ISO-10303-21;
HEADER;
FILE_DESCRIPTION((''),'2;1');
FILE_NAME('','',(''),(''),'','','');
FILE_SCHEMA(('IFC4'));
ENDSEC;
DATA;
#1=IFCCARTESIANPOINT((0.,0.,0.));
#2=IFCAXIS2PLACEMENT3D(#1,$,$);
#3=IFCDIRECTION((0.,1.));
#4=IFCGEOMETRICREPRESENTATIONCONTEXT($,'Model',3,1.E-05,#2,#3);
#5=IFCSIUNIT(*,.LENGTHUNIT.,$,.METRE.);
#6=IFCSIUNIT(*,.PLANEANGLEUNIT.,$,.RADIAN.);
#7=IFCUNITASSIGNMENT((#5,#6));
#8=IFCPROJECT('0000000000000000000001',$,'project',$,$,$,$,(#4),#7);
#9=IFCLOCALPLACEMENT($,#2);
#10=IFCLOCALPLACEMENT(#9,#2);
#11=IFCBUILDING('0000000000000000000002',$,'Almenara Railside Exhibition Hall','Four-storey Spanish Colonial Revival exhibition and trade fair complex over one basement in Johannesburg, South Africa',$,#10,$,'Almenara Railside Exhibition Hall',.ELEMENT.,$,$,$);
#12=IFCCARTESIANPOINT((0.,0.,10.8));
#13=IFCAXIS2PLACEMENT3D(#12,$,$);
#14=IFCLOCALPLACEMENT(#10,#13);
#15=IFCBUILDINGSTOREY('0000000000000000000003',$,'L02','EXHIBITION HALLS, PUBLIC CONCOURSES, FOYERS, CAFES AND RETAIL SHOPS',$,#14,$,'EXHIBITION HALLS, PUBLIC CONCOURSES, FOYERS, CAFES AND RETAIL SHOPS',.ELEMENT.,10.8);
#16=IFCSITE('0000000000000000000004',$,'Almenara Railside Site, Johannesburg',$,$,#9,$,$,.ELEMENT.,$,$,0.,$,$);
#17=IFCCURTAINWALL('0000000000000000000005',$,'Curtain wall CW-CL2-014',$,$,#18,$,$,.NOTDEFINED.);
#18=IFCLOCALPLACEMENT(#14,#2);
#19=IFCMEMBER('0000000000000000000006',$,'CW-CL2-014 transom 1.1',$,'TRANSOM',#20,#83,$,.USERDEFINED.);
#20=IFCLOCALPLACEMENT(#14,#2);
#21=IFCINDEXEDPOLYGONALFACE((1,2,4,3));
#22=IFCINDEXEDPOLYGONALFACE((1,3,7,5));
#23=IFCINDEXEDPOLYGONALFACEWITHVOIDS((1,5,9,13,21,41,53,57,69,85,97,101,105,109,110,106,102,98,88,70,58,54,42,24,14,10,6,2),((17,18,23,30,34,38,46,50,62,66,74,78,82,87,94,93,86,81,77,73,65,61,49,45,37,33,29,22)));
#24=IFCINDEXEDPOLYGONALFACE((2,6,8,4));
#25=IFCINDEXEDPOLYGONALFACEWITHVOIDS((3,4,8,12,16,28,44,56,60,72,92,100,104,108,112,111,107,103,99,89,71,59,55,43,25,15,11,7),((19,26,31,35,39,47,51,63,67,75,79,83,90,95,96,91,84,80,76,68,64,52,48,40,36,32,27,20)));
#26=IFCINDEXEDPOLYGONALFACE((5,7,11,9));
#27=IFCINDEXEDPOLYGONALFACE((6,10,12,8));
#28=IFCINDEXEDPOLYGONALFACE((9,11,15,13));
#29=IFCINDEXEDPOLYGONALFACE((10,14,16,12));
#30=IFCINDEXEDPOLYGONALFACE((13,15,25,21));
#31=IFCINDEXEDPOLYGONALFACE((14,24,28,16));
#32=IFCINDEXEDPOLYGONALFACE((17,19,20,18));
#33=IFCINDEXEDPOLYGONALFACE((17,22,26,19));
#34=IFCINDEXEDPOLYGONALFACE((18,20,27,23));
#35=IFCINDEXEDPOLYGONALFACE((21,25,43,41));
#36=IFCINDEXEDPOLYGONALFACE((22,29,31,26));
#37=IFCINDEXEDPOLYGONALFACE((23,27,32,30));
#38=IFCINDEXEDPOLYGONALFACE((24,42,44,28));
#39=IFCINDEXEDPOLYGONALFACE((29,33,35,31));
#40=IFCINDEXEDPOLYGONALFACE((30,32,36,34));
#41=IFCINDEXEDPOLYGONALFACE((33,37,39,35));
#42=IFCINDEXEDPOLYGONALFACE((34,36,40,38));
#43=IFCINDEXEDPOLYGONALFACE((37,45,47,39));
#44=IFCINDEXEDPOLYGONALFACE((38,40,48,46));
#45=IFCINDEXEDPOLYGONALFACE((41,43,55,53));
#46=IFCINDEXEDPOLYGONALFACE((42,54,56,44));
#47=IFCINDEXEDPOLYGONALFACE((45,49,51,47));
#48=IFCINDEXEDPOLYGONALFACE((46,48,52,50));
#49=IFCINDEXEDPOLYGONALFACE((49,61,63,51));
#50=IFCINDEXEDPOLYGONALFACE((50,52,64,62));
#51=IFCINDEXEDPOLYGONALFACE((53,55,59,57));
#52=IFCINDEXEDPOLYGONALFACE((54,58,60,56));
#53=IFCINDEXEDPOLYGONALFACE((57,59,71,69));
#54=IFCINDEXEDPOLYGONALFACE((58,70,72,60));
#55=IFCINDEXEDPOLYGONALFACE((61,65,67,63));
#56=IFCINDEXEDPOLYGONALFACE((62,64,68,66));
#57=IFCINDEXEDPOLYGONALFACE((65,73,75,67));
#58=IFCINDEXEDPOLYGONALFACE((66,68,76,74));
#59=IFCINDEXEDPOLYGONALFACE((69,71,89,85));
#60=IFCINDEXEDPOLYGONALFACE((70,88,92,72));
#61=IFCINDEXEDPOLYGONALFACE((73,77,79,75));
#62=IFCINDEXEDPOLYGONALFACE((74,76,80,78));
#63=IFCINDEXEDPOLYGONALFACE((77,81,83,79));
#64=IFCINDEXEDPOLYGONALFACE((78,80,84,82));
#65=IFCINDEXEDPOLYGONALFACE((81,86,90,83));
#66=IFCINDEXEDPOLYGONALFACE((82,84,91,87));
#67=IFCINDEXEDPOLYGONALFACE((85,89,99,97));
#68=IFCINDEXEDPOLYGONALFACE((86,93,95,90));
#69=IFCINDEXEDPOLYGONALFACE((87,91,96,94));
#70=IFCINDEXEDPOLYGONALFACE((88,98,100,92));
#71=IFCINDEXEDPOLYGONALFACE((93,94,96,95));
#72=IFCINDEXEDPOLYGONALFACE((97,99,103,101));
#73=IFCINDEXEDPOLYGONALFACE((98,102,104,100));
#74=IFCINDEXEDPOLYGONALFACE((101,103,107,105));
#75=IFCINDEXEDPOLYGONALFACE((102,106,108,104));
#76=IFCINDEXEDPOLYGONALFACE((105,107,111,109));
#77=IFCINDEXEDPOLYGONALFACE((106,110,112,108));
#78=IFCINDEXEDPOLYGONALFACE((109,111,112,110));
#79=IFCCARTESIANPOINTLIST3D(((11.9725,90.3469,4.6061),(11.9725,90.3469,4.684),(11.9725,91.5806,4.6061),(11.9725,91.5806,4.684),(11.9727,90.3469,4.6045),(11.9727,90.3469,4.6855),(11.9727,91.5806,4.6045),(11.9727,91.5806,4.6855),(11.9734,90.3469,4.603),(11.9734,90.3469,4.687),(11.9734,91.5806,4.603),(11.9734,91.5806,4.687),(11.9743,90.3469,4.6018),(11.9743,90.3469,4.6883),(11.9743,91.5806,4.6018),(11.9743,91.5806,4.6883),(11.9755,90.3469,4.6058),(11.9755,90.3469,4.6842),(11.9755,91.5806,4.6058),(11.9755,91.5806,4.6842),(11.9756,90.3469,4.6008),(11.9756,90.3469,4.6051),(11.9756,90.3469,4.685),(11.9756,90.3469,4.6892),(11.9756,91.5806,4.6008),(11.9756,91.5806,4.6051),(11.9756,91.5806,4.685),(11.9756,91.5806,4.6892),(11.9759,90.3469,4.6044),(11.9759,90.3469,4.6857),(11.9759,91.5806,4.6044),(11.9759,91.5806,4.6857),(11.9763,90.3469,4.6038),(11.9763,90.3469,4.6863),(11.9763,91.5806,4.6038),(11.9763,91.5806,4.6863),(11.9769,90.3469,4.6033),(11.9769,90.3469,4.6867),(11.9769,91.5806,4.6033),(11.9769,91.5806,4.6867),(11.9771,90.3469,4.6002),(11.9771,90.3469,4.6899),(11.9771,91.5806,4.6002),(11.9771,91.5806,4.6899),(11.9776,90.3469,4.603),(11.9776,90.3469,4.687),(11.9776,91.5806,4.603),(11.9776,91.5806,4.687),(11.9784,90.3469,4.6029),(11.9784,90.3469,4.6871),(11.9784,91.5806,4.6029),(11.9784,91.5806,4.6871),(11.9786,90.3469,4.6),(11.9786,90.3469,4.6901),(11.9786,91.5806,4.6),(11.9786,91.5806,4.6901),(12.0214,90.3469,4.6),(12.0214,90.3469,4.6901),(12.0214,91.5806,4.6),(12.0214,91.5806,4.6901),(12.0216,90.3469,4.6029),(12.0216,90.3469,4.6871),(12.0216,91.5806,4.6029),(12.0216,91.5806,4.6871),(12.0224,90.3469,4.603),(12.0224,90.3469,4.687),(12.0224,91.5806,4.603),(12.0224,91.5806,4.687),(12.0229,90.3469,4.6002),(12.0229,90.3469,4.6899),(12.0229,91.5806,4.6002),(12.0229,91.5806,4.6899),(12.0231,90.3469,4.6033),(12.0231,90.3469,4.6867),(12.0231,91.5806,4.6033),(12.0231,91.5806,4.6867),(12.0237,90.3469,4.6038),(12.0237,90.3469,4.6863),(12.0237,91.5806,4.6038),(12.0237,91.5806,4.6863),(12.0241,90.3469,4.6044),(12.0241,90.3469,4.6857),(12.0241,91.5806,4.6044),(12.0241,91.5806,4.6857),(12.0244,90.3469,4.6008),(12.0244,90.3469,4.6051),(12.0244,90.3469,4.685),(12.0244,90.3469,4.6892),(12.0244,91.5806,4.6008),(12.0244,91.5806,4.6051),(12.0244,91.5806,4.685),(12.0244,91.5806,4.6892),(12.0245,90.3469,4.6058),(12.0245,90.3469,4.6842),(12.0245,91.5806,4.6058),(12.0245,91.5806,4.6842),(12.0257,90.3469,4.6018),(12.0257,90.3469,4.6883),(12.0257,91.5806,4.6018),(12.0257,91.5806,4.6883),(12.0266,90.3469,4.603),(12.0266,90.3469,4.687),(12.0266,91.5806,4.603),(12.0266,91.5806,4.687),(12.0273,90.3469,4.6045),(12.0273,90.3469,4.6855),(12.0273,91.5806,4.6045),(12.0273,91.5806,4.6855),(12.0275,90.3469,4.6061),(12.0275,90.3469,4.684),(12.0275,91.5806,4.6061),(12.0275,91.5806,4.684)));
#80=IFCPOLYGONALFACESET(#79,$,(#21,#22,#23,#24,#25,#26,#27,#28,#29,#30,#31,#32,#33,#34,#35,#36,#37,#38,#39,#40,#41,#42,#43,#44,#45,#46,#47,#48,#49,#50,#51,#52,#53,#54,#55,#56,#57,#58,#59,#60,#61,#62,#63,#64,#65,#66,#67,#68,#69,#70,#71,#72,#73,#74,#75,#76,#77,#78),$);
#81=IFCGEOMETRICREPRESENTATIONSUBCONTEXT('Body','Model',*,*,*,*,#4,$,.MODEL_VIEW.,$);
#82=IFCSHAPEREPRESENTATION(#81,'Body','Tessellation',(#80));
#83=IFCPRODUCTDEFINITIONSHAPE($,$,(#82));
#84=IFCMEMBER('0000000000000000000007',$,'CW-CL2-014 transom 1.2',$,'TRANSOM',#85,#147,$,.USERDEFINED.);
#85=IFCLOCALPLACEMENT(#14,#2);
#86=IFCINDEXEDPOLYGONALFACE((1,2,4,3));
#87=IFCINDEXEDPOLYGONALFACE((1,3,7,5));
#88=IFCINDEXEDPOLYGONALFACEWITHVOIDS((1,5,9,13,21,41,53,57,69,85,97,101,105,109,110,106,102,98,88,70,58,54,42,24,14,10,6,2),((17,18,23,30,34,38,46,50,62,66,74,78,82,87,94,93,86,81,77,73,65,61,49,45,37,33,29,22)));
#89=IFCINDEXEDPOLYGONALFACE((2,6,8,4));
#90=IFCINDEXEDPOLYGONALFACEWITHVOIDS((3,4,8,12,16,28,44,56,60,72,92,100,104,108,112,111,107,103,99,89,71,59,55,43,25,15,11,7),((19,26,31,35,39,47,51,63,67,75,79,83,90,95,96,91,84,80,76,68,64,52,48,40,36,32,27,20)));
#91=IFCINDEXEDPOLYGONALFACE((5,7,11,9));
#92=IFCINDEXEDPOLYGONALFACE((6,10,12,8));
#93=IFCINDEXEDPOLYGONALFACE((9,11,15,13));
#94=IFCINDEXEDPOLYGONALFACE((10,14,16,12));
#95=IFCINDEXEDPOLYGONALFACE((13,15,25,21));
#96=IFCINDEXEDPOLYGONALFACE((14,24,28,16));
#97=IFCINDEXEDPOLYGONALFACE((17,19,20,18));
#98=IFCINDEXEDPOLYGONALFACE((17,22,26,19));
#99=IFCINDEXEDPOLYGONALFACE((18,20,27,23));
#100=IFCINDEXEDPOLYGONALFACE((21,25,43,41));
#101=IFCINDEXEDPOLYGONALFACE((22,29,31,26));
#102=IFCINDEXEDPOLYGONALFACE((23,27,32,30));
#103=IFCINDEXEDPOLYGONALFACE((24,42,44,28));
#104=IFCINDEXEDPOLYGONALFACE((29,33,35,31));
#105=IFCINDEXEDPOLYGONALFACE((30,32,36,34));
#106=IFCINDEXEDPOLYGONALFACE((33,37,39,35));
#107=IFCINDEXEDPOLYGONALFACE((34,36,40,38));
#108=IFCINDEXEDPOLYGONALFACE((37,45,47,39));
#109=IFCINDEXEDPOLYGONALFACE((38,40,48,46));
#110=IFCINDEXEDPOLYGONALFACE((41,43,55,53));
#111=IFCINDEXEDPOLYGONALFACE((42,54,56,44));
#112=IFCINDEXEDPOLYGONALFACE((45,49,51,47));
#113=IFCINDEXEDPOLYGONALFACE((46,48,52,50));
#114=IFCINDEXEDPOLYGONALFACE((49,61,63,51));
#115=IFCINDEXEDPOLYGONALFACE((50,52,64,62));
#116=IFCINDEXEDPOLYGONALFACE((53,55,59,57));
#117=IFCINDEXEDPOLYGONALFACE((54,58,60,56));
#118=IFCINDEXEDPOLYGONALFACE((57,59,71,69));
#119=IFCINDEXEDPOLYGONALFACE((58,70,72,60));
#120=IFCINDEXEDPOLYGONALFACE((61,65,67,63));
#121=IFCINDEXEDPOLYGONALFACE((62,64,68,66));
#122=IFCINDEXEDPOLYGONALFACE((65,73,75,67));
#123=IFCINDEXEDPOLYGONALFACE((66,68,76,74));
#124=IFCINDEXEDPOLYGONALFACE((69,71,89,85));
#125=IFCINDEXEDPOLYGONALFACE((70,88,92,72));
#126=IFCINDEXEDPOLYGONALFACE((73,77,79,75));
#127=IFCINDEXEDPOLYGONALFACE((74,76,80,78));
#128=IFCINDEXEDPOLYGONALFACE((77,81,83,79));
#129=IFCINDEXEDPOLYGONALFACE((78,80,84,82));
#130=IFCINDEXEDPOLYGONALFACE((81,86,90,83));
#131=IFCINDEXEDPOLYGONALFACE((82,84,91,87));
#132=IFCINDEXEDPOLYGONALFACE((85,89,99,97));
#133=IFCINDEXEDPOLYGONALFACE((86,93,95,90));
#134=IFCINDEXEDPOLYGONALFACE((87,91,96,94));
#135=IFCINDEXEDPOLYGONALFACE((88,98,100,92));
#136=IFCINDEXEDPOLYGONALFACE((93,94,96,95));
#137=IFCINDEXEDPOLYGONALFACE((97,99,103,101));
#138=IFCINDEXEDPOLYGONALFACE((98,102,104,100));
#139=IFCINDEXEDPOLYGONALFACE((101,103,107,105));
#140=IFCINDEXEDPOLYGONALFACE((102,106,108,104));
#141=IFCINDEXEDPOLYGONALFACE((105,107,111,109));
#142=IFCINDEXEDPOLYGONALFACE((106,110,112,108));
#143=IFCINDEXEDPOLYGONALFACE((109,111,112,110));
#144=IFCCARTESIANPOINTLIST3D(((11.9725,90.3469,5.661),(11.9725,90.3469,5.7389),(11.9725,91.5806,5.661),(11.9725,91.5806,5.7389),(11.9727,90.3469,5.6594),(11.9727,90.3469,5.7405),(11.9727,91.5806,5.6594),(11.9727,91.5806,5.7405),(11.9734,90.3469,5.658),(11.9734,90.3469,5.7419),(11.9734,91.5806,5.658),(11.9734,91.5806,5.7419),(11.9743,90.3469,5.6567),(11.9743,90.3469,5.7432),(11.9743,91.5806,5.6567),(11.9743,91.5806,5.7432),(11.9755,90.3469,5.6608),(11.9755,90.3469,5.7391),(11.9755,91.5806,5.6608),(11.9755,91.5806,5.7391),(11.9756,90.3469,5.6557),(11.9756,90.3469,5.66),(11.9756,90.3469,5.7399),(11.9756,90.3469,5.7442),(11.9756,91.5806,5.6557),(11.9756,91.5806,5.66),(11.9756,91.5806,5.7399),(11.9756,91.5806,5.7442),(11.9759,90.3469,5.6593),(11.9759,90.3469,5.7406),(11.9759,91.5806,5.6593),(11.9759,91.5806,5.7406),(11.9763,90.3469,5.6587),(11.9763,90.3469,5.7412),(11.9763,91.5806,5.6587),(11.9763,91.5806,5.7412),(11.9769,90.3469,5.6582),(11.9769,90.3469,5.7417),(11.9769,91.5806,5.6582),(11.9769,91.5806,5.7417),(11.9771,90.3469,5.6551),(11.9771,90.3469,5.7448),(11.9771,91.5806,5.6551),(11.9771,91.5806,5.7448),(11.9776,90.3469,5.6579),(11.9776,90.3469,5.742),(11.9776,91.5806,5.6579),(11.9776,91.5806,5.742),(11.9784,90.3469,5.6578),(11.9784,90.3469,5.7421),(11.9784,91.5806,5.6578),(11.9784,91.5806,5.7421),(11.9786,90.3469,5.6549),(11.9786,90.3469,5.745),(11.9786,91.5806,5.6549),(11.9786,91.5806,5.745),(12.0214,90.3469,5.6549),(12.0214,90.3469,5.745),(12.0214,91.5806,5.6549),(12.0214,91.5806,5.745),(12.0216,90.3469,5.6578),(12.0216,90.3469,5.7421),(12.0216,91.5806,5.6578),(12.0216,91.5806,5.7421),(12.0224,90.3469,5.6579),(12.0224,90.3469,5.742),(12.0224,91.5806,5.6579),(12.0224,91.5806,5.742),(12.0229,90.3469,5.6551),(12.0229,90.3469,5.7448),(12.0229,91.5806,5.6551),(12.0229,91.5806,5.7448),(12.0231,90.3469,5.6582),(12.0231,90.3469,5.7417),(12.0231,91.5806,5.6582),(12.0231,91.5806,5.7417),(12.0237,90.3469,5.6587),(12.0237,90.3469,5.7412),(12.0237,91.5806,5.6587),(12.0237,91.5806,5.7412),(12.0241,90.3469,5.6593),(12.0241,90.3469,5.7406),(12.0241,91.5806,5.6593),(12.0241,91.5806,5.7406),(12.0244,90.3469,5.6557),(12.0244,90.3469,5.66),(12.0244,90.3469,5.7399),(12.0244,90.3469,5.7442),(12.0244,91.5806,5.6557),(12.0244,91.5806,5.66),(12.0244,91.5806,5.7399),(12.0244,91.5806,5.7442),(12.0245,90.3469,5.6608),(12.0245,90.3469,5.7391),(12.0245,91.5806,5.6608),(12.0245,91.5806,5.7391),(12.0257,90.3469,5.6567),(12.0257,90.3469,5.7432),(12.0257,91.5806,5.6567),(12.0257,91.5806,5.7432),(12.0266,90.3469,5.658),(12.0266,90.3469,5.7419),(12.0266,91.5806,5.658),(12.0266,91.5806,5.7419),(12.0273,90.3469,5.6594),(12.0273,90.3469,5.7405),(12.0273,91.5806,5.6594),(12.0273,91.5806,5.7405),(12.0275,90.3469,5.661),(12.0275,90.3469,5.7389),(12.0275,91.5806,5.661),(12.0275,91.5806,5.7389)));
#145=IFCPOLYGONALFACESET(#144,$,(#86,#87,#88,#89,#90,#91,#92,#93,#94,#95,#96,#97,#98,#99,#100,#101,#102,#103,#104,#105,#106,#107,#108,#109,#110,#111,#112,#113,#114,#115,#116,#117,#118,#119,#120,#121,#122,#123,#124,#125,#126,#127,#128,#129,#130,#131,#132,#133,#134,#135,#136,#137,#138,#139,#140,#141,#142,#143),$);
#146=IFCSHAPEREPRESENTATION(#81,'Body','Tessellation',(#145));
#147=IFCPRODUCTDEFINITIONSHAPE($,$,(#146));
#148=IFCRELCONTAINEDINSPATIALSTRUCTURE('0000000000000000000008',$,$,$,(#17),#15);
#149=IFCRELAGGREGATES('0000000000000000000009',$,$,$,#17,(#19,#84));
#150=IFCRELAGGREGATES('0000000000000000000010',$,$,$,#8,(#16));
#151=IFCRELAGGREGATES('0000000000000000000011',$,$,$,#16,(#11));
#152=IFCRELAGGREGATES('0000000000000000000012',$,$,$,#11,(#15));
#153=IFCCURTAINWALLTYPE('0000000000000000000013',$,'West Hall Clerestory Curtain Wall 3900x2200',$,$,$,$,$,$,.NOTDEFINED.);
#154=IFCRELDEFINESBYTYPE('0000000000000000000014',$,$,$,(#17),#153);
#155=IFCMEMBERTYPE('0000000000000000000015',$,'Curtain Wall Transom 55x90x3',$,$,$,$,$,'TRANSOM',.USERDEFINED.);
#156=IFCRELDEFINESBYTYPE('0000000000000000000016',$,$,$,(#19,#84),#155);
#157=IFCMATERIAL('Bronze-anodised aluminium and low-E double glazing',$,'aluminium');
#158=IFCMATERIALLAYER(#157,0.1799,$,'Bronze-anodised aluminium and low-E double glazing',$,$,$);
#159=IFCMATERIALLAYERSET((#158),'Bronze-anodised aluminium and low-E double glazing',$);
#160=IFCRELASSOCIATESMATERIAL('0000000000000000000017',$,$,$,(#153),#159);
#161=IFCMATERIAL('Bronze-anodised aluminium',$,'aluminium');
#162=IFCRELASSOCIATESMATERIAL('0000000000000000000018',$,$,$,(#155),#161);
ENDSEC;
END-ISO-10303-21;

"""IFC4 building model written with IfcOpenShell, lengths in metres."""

from ifc_helpers import new_model, si_unit, direction, frame, origin, origin_2d, place, context, subcontext, project, spatial, hollow_rectangle, extrude, material, layer, layer_set, material_profile, profile_set, type_object, element, aggregate, save


model = new_model("IFC4")

# Units and contexts
model_context = context("Model", 3, precision=1e-05, world=origin(), true_north=direction((0.0, 1.0)))
body_context = subcontext(model_context, "Body", "Model", "MODEL_VIEW")
ifc_project = project(units=[si_unit("LENGTHUNIT", "METRE"), si_unit("PLANEANGLEUNIT", "RADIAN")], contexts=[model_context])

# Site, building, storey
site_placement = place(None, origin())
site = spatial("IfcSite", under=ifc_project, at=site_placement, Name="Almenara Railside Site, Johannesburg", CompositionType="ELEMENT", RefElevation=0.0)
building_placement = place(site_placement, origin())
building = spatial("IfcBuilding", under=site, at=building_placement, Name="Almenara Railside Exhibition Hall", Description="Four-storey Spanish Colonial Revival exhibition and trade fair complex over one basement in Johannesburg, South Africa", LongName="Almenara Railside Exhibition Hall", CompositionType="ELEMENT")
storey_placement = place(building_placement, frame((0.0, 0.0, 10.8)))
storey = spatial("IfcBuildingStorey", under=building, at=storey_placement, Name="L02", Description="EXHIBITION HALLS, PUBLIC CONCOURSES, FOYERS, CAFES AND RETAIL SHOPS", LongName="EXHIBITION HALLS, PUBLIC CONCOURSES, FOYERS, CAFES AND RETAIL SHOPS", CompositionType="ELEMENT", Elevation=10.8)

# Curtain wall
ifc_material_1 = material(Name="Bronze-anodised aluminium and low-E double glazing", Category="aluminium")
ifc_layer_1 = layer(ifc_material_1, 0.1799, Name="Bronze-anodised aluminium and low-E double glazing")
ifc_layer_set_1 = layer_set([ifc_layer_1], Name="Bronze-anodised aluminium and low-E double glazing")
curtain_wall_type_1 = type_object("IfcCurtainWallType", Name="West Hall Clerestory Curtain Wall 3900x2200", PredefinedType="NOTDEFINED", material=ifc_layer_set_1)
curtain_wall_1_placement = place(storey_placement, origin())
curtain_wall_1 = element("IfcCurtainWall", 1, at=curtain_wall_1_placement, inside=storey, type_object=curtain_wall_type_1, Name="Curtain wall CW-CL2-014", PredefinedType="NOTDEFINED")
ifc_material_2 = material(Name="Bronze-anodised aluminium", Category="aluminium")

# Members
ifc_material_profile_1 = material_profile(ifc_material_2, hollow_rectangle(XDim=0.0549, YDim=0.0901, WallThickness=0.0029, InnerFilletRadius=0.0029, OuterFilletRadius=0.0061, at=origin_2d()), Name="ALU-TRN 55x90x3")
ifc_profile_set_1 = profile_set([ifc_material_profile_1], Name="Bronze-anodised aluminium")
member_type_1 = type_object("IfcMemberType", Name="Curtain Wall Transom 55x90x3", ElementType="TRANSOM", PredefinedType="USERDEFINED", material=ifc_profile_set_1)
member_1_placement = place(storey_placement, frame((12.0, 90.3469, 4.645), z_axis=(0.0, 1.0, 0.0), x_axis=(-1.0, 0.0, 0.0)))
member_1 = element("IfcMember", 2, at=member_1_placement, type_object=member_type_1, Name="CW-CL2-014 transom 1.1", ObjectType="TRANSOM", PredefinedType="USERDEFINED", context=body_context, shape_type="SweptSolid", body=[
    extrude(hollow_rectangle(XDim=0.0549, YDim=0.0901, WallThickness=0.0029, InnerFilletRadius=0.0029, OuterFilletRadius=0.0061, at=origin_2d()), origin(), (0.0, 0.0, 1.0), 1.2336),
])
member_2_placement = place(storey_placement, frame((12.0, 90.3469, 5.7), z_axis=(0.0, 1.0, 0.0), x_axis=(-1.0, 0.0, 0.0)))
member_2 = element("IfcMember", 3, at=member_2_placement, type_object=member_type_1, Name="CW-CL2-014 transom 1.2", ObjectType="TRANSOM", PredefinedType="USERDEFINED", context=body_context, shape_type="SweptSolid", body=[
    extrude(hollow_rectangle(XDim=0.0549, YDim=0.0901, WallThickness=0.0029, InnerFilletRadius=0.0029, OuterFilletRadius=0.0061, at=origin_2d()), origin(), (0.0, 0.0, 1.0), 1.2336),
])

aggregate(curtain_wall_1, [member_1, member_2])

save(model, "model.ifc")
